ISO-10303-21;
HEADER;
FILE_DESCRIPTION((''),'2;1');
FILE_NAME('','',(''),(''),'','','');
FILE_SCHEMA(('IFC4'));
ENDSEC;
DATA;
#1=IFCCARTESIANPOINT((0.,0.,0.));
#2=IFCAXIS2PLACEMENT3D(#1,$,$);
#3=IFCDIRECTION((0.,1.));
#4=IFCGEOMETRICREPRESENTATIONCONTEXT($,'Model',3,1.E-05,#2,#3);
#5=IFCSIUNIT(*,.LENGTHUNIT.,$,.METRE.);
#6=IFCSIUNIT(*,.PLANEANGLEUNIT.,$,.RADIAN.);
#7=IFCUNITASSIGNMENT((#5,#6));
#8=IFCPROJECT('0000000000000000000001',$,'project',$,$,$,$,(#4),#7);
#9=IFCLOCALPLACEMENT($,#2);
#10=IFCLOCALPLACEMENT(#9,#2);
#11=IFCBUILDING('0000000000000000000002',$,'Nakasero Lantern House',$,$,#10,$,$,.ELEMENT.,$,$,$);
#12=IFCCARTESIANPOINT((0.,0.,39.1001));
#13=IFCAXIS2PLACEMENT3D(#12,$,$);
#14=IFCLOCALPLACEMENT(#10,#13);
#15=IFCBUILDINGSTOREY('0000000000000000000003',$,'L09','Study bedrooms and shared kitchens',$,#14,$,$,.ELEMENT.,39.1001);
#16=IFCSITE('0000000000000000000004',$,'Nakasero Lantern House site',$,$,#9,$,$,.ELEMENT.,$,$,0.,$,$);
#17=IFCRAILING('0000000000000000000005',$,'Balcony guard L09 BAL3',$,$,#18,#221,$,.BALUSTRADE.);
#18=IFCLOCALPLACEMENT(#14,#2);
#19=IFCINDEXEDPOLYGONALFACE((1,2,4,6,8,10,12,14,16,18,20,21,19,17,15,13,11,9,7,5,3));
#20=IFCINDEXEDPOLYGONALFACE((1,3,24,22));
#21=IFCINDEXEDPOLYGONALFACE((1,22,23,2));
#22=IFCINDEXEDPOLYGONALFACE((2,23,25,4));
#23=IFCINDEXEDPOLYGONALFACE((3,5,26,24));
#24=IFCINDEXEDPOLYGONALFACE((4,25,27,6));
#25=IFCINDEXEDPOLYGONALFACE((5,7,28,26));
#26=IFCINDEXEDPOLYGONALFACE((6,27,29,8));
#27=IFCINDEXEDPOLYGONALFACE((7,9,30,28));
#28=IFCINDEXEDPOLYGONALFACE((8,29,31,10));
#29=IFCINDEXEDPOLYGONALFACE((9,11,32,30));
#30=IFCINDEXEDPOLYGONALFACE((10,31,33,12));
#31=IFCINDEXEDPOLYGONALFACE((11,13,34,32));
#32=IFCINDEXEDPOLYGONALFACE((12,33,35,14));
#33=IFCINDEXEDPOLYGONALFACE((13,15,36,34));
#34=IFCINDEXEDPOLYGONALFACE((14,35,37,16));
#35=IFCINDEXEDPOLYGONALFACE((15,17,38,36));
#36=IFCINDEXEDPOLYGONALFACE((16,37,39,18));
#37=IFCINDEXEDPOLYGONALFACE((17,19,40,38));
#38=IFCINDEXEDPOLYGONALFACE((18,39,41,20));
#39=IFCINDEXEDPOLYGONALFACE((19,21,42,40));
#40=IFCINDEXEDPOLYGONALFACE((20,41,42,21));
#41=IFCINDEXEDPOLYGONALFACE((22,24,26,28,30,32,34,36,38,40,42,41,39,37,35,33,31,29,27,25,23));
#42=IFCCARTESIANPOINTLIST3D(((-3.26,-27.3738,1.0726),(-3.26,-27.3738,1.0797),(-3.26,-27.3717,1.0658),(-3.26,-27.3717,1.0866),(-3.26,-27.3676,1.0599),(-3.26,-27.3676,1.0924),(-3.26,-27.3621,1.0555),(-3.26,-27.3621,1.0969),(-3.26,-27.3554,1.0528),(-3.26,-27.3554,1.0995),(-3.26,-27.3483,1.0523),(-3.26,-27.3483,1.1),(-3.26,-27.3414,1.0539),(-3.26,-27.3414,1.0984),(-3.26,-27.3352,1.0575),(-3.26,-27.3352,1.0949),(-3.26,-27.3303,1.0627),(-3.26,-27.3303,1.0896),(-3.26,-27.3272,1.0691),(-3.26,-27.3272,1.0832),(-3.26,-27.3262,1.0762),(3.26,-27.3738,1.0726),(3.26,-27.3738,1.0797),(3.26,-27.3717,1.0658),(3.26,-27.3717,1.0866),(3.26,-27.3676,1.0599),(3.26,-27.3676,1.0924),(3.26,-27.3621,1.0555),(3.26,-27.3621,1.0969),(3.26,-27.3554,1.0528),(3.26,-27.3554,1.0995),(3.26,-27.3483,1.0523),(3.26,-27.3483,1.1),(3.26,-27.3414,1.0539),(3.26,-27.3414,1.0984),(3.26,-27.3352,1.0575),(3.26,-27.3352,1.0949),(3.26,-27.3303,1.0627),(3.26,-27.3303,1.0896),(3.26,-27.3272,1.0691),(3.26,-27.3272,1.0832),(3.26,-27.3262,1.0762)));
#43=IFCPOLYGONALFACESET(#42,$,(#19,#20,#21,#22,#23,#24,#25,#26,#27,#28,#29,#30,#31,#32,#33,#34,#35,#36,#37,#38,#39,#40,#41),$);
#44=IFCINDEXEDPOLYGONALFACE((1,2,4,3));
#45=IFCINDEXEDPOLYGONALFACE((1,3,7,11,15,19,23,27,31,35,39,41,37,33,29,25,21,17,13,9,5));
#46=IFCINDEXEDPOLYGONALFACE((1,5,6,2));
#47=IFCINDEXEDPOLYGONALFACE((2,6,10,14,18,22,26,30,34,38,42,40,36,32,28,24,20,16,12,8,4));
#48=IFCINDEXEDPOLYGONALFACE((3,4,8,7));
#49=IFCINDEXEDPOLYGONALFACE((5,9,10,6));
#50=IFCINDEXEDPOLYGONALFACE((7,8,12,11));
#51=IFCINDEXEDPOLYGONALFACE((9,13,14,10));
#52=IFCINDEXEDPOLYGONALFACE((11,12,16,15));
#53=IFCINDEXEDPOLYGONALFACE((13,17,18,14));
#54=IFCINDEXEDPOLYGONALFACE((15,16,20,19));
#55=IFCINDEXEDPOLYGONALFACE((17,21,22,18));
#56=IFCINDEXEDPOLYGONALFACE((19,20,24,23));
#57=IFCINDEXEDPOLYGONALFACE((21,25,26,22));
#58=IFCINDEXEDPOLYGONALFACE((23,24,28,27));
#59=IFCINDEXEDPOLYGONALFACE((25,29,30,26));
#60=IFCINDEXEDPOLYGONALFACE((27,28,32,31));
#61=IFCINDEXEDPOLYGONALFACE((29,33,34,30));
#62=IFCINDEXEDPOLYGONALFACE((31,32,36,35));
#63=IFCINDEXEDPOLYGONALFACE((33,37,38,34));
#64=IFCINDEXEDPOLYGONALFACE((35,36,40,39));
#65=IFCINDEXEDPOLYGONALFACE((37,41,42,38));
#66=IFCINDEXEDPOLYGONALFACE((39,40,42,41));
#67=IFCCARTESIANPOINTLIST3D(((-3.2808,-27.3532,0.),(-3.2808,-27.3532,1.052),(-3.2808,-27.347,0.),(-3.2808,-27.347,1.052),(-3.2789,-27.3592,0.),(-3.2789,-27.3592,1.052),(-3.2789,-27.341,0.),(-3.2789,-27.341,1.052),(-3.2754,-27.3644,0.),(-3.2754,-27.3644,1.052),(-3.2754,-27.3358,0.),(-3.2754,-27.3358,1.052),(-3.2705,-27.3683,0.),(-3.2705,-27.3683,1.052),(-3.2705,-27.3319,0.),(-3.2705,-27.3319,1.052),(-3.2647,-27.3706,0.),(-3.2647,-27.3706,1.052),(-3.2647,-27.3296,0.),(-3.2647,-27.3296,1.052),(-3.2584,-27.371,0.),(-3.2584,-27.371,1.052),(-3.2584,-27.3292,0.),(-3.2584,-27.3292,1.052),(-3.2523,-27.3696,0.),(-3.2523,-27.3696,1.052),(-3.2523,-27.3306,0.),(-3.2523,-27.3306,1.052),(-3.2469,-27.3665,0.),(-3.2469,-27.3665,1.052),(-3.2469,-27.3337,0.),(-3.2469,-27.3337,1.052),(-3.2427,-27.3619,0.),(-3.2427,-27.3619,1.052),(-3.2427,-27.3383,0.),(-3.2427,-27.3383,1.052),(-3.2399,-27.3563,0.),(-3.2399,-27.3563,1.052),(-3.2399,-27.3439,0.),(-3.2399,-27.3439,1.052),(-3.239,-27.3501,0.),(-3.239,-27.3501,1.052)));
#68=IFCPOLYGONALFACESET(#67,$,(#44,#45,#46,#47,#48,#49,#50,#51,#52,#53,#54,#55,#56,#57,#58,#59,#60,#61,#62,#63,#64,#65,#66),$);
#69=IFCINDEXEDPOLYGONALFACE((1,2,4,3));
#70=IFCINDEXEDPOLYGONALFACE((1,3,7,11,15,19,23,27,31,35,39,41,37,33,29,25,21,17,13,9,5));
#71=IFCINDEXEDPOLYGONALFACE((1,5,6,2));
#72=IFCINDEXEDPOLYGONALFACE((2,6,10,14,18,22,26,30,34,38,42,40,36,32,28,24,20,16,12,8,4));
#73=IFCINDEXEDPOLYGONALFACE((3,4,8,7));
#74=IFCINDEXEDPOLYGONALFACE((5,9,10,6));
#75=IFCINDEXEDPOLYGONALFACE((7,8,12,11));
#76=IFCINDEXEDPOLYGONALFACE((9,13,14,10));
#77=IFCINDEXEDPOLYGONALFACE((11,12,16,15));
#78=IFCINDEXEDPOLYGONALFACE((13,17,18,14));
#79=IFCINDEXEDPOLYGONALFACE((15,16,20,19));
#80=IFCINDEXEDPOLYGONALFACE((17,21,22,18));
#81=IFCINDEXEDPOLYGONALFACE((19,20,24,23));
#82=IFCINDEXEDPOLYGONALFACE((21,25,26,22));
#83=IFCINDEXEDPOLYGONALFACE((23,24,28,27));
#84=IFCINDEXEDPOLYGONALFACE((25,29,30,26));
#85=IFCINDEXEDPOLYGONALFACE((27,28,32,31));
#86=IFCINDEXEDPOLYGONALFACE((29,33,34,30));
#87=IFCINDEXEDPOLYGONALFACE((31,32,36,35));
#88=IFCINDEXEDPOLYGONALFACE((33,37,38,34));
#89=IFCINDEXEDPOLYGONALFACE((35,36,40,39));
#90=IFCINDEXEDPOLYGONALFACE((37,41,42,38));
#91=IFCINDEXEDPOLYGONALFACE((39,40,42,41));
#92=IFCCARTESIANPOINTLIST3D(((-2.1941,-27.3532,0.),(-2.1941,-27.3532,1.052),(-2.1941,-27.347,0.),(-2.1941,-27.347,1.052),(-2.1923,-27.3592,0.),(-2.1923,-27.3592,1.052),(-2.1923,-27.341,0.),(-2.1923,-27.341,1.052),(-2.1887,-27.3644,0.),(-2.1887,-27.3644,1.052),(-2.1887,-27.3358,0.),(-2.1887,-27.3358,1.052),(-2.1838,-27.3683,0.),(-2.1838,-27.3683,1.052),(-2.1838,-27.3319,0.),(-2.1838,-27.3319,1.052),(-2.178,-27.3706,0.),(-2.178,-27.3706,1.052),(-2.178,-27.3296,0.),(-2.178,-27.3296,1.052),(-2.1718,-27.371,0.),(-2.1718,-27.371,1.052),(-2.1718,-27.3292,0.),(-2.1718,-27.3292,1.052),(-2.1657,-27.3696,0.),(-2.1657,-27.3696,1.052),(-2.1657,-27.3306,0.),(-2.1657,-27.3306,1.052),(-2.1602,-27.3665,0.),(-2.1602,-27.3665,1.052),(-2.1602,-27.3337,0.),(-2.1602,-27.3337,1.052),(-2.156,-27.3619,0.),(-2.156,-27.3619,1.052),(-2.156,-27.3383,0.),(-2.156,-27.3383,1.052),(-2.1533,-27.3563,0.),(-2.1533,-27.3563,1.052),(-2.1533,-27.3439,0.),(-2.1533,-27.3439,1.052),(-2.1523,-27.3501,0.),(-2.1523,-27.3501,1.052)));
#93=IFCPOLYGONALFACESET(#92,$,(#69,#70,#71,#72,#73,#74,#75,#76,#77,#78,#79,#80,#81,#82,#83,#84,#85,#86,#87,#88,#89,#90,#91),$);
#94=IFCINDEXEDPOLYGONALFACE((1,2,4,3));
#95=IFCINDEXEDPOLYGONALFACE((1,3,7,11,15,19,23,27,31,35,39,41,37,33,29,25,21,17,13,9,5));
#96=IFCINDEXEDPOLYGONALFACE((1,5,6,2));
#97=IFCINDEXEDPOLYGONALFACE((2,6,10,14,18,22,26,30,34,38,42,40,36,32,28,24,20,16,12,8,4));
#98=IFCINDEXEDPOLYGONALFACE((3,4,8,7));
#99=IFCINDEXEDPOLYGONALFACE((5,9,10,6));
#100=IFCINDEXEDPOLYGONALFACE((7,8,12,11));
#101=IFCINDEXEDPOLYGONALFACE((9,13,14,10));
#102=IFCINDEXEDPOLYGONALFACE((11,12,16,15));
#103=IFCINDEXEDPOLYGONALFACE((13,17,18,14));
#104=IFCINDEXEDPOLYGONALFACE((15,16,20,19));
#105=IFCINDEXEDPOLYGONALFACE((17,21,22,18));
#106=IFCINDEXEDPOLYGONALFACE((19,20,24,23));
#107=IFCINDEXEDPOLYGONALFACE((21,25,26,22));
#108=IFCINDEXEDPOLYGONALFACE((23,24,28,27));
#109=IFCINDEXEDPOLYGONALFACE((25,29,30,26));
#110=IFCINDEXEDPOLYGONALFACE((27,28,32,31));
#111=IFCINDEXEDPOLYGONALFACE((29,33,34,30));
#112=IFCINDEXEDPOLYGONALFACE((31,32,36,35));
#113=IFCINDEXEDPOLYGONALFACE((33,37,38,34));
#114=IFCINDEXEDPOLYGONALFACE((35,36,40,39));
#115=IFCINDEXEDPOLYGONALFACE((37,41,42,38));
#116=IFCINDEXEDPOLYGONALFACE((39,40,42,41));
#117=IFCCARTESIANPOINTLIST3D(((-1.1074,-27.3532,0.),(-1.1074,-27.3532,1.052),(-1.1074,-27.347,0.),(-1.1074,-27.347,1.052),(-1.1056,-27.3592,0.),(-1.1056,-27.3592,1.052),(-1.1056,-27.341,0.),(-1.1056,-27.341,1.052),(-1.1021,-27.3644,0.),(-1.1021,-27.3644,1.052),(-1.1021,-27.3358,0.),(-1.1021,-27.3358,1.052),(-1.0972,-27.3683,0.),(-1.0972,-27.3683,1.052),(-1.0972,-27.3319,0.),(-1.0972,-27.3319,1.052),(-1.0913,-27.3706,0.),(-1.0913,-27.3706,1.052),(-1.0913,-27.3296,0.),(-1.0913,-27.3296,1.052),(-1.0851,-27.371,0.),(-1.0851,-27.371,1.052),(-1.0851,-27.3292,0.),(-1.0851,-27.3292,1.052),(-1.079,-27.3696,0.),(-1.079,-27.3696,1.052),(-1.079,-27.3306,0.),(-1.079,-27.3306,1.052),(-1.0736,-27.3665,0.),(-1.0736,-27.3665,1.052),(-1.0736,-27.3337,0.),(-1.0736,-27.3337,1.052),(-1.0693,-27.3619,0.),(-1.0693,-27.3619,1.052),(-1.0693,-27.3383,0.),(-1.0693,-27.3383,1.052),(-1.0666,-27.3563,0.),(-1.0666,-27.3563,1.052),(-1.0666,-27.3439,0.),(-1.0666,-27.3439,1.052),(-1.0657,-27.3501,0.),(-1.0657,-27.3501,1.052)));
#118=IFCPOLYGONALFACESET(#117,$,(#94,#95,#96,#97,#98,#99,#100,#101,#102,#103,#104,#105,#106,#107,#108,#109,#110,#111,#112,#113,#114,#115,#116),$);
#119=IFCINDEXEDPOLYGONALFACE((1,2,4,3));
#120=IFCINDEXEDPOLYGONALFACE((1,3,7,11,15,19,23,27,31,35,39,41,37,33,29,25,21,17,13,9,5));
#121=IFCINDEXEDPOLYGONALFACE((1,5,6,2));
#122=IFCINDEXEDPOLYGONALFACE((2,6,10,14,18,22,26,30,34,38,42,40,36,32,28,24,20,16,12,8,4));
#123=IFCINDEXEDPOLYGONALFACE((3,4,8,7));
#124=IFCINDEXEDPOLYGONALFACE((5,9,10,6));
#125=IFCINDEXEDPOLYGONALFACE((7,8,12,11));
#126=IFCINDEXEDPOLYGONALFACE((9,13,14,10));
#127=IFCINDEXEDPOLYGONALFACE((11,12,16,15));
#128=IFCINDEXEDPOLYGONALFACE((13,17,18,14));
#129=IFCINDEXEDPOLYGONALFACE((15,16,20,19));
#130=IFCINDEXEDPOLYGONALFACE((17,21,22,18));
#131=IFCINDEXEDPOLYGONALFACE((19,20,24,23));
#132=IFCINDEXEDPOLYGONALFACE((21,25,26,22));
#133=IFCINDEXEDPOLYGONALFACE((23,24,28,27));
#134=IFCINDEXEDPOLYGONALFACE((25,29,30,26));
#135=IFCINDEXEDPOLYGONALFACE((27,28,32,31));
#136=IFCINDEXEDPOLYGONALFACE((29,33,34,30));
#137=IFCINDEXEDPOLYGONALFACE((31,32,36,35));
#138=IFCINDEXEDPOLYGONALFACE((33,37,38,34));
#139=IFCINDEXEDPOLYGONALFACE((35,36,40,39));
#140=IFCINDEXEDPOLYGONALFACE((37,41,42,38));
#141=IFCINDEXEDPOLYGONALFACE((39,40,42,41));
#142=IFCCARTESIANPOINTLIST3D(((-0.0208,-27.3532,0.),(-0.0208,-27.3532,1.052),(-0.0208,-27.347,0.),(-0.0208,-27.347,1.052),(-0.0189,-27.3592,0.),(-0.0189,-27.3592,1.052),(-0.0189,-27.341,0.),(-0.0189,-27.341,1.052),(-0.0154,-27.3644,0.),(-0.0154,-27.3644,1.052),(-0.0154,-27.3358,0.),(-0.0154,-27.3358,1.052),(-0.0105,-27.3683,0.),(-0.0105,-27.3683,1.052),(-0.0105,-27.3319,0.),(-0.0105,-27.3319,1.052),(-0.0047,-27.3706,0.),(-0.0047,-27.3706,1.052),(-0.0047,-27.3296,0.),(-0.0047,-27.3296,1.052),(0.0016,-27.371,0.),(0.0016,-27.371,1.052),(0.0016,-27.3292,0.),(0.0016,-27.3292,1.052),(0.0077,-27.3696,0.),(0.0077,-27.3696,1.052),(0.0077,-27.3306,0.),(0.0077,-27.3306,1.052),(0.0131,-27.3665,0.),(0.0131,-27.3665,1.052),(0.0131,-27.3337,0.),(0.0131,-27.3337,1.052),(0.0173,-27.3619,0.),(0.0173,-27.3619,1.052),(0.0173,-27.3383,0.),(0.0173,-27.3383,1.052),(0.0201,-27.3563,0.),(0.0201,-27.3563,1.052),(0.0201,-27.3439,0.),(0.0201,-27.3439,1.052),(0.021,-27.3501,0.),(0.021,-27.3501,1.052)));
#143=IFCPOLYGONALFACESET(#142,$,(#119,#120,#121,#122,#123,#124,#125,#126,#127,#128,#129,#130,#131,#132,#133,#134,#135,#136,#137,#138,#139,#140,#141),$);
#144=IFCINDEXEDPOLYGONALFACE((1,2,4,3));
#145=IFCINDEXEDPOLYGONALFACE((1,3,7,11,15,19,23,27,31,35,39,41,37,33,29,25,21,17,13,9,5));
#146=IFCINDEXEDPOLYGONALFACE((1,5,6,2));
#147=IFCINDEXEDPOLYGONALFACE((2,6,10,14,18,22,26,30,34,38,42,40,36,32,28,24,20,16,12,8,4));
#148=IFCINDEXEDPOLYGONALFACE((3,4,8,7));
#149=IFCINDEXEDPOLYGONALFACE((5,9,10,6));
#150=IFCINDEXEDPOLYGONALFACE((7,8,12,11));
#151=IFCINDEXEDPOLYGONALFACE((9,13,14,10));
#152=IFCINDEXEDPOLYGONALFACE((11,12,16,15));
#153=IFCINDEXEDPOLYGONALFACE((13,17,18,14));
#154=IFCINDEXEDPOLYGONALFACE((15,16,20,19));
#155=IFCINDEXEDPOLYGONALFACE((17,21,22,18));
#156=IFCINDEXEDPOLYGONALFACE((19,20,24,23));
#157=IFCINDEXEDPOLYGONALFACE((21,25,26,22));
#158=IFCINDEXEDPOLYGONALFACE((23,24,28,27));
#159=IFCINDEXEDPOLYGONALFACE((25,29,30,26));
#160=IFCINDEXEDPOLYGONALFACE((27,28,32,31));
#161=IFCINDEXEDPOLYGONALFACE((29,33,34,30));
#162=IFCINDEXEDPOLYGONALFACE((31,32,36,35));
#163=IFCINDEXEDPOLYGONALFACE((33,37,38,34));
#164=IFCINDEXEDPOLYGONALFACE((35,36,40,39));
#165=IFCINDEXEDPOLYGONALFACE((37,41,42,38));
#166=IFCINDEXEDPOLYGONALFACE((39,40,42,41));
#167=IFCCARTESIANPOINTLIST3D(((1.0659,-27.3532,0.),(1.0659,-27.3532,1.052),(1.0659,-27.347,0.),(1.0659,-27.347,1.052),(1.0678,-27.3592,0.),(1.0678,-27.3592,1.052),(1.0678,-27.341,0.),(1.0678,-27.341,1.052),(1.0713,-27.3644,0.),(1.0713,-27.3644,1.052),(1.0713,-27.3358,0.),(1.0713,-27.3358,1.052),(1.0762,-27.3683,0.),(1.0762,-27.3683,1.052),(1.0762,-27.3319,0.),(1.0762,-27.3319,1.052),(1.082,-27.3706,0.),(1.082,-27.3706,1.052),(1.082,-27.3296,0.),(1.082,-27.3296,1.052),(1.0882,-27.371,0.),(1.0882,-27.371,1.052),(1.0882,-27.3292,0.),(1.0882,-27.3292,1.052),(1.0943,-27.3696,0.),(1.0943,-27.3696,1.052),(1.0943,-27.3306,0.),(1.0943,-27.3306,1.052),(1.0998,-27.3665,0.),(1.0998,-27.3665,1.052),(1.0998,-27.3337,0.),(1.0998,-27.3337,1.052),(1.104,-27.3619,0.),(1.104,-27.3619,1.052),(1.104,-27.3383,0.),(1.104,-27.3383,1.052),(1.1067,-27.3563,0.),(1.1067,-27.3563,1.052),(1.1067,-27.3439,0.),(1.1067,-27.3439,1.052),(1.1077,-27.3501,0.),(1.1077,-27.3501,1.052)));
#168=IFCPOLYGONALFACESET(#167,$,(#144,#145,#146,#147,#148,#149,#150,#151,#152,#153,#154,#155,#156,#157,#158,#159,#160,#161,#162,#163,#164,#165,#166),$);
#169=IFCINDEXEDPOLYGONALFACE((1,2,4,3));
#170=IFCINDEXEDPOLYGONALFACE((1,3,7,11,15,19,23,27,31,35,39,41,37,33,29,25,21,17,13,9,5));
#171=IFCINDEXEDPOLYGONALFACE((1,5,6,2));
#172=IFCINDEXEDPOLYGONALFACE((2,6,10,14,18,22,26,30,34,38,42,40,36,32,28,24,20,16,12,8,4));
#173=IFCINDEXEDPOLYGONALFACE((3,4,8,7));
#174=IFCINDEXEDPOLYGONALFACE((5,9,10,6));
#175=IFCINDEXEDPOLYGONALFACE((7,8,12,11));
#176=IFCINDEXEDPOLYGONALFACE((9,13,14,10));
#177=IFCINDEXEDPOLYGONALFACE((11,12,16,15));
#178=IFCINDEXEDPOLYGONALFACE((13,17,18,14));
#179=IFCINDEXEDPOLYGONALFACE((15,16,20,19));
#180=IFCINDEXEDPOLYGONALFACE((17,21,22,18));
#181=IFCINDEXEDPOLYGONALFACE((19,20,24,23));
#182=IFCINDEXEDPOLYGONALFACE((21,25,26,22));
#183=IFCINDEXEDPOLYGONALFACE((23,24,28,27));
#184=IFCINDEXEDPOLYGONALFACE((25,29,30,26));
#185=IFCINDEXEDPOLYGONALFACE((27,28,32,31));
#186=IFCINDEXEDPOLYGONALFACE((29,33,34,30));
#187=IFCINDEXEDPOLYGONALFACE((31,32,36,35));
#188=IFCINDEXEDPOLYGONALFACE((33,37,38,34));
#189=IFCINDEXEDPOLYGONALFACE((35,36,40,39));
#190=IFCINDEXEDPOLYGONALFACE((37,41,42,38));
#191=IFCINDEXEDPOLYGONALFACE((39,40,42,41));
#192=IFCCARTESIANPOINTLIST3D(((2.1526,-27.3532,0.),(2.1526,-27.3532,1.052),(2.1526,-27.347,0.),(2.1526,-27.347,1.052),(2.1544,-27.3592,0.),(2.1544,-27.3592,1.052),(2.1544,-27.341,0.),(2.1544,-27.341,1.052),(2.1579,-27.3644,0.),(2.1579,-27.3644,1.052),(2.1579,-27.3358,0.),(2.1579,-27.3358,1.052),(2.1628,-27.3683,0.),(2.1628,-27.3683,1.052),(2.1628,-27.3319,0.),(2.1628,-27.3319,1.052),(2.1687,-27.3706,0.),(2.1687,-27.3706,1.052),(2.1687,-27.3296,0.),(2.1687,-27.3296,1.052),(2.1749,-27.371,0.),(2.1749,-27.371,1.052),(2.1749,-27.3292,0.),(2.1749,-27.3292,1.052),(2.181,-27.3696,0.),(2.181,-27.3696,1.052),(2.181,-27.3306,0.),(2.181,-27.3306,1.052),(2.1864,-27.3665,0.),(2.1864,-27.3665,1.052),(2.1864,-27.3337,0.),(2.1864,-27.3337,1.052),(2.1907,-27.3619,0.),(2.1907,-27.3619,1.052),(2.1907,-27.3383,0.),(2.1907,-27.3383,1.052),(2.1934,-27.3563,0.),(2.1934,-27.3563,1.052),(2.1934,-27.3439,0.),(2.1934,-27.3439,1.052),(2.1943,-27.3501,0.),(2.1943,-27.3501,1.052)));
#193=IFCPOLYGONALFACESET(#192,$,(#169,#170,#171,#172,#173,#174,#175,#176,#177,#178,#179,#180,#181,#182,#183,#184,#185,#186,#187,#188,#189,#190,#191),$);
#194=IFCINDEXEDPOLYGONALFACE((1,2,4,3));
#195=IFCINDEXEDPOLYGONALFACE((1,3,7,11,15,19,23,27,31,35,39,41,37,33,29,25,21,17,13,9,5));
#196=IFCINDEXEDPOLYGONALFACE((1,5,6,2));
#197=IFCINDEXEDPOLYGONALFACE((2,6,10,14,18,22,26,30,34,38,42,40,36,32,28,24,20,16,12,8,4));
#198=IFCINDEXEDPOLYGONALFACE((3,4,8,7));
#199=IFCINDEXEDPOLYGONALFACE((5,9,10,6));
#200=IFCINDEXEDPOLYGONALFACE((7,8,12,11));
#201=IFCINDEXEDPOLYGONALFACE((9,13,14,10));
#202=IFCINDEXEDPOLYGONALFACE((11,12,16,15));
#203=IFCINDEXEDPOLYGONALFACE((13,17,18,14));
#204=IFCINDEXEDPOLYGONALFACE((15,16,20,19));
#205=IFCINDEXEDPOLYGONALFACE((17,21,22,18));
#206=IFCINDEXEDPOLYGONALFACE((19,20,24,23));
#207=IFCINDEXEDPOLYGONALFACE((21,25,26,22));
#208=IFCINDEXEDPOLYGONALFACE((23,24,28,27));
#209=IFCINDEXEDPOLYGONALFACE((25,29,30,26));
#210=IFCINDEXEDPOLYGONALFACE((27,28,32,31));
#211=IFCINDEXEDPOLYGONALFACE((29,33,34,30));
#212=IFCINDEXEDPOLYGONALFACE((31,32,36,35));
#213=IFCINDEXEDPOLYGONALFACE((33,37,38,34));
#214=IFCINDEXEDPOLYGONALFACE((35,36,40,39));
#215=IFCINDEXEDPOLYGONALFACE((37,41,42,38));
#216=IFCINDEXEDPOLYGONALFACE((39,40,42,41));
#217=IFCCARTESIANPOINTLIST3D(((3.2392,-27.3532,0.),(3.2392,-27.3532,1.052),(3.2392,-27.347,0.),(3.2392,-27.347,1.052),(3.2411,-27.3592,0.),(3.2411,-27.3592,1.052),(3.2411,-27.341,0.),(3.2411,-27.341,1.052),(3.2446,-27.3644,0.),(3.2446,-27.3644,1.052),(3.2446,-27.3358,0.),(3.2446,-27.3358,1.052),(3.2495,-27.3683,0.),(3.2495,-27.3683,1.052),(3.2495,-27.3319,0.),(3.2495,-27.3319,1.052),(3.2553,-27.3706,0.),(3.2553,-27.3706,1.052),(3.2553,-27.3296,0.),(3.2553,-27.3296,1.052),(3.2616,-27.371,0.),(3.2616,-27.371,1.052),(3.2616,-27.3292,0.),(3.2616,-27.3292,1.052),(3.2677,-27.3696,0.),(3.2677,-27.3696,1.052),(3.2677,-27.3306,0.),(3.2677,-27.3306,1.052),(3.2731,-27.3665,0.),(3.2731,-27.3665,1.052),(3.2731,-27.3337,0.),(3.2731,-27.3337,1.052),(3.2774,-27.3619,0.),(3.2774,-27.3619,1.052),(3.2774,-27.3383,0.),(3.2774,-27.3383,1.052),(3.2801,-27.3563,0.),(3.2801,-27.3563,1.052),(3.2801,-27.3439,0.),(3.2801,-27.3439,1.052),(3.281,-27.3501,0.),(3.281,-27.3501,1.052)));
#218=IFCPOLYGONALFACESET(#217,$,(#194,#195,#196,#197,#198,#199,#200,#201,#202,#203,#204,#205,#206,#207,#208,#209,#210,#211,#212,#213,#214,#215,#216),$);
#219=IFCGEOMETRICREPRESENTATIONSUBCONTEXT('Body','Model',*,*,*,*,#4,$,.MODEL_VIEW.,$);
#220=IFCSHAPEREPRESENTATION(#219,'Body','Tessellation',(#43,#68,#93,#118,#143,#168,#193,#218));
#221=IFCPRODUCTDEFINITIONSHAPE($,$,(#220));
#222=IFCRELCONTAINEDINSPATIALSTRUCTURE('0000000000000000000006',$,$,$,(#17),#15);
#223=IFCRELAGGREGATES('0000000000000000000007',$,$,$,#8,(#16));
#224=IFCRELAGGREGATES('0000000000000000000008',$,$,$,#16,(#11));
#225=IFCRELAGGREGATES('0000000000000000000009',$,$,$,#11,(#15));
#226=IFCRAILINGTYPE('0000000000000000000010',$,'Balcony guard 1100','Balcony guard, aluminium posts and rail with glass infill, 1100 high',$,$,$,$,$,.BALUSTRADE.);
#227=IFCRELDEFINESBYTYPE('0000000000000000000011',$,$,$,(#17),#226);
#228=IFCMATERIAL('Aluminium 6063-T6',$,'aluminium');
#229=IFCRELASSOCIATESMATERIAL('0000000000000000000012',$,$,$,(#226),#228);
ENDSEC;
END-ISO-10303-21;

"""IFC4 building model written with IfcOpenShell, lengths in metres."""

from ifc_helpers import new_model, si_unit, direction, frame, origin, origin_2d, place, context, subcontext, project, spatial, circle, extrude, material, type_object, element, save


model = new_model("IFC4")

# Units and contexts
model_context = context("Model", 3, precision=1e-05, world=origin(), true_north=direction((0.0, 1.0)))
body_context = subcontext(model_context, "Body", "Model", "MODEL_VIEW")
ifc_project = project(units=[si_unit("LENGTHUNIT", "METRE"), si_unit("PLANEANGLEUNIT", "RADIAN")], contexts=[model_context])

# Site, building, storey
site_placement = place(None, origin())
site = spatial("IfcSite", under=ifc_project, at=site_placement, Name="Nakasero Lantern House site", CompositionType="ELEMENT", RefElevation=0.0)
building_placement = place(site_placement, origin())
building = spatial("IfcBuilding", under=site, at=building_placement, Name="Nakasero Lantern House", CompositionType="ELEMENT")
storey_placement = place(building_placement, frame((0.0, 0.0, 39.1001)))
storey = spatial("IfcBuildingStorey", under=building, at=storey_placement, Name="L09", Description="Study bedrooms and shared kitchens", CompositionType="ELEMENT", Elevation=39.1001)

# Railing
ifc_material_1 = material(Name="Aluminium 6063-T6", Category="aluminium")
railing_type = type_object("IfcRailingType", Name="Balcony guard 1100", Description="Balcony guard, aluminium posts and rail with glass infill, 1100 high", PredefinedType="BALUSTRADE", material=ifc_material_1)
railing_placement = place(storey_placement, frame((-3.26, -27.3501, 0.0)))
element("IfcRailing", 1, at=railing_placement, inside=storey, type_object=railing_type, Name="Balcony guard L09 BAL3", PredefinedType="BALUSTRADE", context=body_context, shape_type="SweptSolid", body=[
    extrude(circle(Radius=0.0239, at=origin_2d()), frame((0.0, 0.0, 1.0762), z_axis=(1.0, 0.0, 0.0), x_axis=(0.0, 1.0, 0.0)), (0.0, 0.0, 1.0), 6.52),
    extrude(circle(Radius=0.021, at=origin_2d()), origin(), (0.0, 0.0, 1.0), 1.052),
    extrude(circle(Radius=0.021, at=origin_2d()), frame((1.0867, 0.0, 0.0)), (0.0, 0.0, 1.0), 1.052),
    extrude(circle(Radius=0.021, at=origin_2d()), frame((2.1733, 0.0, 0.0)), (0.0, 0.0, 1.0), 1.052),
    extrude(circle(Radius=0.021, at=origin_2d()), frame((3.26, 0.0, 0.0)), (0.0, 0.0, 1.0), 1.052),
    extrude(circle(Radius=0.021, at=origin_2d()), frame((4.3467, 0.0, 0.0)), (0.0, 0.0, 1.0), 1.052),
    extrude(circle(Radius=0.021, at=origin_2d()), frame((5.4333, 0.0, 0.0)), (0.0, 0.0, 1.0), 1.052),
    extrude(circle(Radius=0.021, at=origin_2d()), frame((6.52, 0.0, 0.0)), (0.0, 0.0, 1.0), 1.052),
])

save(model, "model.ifc")
